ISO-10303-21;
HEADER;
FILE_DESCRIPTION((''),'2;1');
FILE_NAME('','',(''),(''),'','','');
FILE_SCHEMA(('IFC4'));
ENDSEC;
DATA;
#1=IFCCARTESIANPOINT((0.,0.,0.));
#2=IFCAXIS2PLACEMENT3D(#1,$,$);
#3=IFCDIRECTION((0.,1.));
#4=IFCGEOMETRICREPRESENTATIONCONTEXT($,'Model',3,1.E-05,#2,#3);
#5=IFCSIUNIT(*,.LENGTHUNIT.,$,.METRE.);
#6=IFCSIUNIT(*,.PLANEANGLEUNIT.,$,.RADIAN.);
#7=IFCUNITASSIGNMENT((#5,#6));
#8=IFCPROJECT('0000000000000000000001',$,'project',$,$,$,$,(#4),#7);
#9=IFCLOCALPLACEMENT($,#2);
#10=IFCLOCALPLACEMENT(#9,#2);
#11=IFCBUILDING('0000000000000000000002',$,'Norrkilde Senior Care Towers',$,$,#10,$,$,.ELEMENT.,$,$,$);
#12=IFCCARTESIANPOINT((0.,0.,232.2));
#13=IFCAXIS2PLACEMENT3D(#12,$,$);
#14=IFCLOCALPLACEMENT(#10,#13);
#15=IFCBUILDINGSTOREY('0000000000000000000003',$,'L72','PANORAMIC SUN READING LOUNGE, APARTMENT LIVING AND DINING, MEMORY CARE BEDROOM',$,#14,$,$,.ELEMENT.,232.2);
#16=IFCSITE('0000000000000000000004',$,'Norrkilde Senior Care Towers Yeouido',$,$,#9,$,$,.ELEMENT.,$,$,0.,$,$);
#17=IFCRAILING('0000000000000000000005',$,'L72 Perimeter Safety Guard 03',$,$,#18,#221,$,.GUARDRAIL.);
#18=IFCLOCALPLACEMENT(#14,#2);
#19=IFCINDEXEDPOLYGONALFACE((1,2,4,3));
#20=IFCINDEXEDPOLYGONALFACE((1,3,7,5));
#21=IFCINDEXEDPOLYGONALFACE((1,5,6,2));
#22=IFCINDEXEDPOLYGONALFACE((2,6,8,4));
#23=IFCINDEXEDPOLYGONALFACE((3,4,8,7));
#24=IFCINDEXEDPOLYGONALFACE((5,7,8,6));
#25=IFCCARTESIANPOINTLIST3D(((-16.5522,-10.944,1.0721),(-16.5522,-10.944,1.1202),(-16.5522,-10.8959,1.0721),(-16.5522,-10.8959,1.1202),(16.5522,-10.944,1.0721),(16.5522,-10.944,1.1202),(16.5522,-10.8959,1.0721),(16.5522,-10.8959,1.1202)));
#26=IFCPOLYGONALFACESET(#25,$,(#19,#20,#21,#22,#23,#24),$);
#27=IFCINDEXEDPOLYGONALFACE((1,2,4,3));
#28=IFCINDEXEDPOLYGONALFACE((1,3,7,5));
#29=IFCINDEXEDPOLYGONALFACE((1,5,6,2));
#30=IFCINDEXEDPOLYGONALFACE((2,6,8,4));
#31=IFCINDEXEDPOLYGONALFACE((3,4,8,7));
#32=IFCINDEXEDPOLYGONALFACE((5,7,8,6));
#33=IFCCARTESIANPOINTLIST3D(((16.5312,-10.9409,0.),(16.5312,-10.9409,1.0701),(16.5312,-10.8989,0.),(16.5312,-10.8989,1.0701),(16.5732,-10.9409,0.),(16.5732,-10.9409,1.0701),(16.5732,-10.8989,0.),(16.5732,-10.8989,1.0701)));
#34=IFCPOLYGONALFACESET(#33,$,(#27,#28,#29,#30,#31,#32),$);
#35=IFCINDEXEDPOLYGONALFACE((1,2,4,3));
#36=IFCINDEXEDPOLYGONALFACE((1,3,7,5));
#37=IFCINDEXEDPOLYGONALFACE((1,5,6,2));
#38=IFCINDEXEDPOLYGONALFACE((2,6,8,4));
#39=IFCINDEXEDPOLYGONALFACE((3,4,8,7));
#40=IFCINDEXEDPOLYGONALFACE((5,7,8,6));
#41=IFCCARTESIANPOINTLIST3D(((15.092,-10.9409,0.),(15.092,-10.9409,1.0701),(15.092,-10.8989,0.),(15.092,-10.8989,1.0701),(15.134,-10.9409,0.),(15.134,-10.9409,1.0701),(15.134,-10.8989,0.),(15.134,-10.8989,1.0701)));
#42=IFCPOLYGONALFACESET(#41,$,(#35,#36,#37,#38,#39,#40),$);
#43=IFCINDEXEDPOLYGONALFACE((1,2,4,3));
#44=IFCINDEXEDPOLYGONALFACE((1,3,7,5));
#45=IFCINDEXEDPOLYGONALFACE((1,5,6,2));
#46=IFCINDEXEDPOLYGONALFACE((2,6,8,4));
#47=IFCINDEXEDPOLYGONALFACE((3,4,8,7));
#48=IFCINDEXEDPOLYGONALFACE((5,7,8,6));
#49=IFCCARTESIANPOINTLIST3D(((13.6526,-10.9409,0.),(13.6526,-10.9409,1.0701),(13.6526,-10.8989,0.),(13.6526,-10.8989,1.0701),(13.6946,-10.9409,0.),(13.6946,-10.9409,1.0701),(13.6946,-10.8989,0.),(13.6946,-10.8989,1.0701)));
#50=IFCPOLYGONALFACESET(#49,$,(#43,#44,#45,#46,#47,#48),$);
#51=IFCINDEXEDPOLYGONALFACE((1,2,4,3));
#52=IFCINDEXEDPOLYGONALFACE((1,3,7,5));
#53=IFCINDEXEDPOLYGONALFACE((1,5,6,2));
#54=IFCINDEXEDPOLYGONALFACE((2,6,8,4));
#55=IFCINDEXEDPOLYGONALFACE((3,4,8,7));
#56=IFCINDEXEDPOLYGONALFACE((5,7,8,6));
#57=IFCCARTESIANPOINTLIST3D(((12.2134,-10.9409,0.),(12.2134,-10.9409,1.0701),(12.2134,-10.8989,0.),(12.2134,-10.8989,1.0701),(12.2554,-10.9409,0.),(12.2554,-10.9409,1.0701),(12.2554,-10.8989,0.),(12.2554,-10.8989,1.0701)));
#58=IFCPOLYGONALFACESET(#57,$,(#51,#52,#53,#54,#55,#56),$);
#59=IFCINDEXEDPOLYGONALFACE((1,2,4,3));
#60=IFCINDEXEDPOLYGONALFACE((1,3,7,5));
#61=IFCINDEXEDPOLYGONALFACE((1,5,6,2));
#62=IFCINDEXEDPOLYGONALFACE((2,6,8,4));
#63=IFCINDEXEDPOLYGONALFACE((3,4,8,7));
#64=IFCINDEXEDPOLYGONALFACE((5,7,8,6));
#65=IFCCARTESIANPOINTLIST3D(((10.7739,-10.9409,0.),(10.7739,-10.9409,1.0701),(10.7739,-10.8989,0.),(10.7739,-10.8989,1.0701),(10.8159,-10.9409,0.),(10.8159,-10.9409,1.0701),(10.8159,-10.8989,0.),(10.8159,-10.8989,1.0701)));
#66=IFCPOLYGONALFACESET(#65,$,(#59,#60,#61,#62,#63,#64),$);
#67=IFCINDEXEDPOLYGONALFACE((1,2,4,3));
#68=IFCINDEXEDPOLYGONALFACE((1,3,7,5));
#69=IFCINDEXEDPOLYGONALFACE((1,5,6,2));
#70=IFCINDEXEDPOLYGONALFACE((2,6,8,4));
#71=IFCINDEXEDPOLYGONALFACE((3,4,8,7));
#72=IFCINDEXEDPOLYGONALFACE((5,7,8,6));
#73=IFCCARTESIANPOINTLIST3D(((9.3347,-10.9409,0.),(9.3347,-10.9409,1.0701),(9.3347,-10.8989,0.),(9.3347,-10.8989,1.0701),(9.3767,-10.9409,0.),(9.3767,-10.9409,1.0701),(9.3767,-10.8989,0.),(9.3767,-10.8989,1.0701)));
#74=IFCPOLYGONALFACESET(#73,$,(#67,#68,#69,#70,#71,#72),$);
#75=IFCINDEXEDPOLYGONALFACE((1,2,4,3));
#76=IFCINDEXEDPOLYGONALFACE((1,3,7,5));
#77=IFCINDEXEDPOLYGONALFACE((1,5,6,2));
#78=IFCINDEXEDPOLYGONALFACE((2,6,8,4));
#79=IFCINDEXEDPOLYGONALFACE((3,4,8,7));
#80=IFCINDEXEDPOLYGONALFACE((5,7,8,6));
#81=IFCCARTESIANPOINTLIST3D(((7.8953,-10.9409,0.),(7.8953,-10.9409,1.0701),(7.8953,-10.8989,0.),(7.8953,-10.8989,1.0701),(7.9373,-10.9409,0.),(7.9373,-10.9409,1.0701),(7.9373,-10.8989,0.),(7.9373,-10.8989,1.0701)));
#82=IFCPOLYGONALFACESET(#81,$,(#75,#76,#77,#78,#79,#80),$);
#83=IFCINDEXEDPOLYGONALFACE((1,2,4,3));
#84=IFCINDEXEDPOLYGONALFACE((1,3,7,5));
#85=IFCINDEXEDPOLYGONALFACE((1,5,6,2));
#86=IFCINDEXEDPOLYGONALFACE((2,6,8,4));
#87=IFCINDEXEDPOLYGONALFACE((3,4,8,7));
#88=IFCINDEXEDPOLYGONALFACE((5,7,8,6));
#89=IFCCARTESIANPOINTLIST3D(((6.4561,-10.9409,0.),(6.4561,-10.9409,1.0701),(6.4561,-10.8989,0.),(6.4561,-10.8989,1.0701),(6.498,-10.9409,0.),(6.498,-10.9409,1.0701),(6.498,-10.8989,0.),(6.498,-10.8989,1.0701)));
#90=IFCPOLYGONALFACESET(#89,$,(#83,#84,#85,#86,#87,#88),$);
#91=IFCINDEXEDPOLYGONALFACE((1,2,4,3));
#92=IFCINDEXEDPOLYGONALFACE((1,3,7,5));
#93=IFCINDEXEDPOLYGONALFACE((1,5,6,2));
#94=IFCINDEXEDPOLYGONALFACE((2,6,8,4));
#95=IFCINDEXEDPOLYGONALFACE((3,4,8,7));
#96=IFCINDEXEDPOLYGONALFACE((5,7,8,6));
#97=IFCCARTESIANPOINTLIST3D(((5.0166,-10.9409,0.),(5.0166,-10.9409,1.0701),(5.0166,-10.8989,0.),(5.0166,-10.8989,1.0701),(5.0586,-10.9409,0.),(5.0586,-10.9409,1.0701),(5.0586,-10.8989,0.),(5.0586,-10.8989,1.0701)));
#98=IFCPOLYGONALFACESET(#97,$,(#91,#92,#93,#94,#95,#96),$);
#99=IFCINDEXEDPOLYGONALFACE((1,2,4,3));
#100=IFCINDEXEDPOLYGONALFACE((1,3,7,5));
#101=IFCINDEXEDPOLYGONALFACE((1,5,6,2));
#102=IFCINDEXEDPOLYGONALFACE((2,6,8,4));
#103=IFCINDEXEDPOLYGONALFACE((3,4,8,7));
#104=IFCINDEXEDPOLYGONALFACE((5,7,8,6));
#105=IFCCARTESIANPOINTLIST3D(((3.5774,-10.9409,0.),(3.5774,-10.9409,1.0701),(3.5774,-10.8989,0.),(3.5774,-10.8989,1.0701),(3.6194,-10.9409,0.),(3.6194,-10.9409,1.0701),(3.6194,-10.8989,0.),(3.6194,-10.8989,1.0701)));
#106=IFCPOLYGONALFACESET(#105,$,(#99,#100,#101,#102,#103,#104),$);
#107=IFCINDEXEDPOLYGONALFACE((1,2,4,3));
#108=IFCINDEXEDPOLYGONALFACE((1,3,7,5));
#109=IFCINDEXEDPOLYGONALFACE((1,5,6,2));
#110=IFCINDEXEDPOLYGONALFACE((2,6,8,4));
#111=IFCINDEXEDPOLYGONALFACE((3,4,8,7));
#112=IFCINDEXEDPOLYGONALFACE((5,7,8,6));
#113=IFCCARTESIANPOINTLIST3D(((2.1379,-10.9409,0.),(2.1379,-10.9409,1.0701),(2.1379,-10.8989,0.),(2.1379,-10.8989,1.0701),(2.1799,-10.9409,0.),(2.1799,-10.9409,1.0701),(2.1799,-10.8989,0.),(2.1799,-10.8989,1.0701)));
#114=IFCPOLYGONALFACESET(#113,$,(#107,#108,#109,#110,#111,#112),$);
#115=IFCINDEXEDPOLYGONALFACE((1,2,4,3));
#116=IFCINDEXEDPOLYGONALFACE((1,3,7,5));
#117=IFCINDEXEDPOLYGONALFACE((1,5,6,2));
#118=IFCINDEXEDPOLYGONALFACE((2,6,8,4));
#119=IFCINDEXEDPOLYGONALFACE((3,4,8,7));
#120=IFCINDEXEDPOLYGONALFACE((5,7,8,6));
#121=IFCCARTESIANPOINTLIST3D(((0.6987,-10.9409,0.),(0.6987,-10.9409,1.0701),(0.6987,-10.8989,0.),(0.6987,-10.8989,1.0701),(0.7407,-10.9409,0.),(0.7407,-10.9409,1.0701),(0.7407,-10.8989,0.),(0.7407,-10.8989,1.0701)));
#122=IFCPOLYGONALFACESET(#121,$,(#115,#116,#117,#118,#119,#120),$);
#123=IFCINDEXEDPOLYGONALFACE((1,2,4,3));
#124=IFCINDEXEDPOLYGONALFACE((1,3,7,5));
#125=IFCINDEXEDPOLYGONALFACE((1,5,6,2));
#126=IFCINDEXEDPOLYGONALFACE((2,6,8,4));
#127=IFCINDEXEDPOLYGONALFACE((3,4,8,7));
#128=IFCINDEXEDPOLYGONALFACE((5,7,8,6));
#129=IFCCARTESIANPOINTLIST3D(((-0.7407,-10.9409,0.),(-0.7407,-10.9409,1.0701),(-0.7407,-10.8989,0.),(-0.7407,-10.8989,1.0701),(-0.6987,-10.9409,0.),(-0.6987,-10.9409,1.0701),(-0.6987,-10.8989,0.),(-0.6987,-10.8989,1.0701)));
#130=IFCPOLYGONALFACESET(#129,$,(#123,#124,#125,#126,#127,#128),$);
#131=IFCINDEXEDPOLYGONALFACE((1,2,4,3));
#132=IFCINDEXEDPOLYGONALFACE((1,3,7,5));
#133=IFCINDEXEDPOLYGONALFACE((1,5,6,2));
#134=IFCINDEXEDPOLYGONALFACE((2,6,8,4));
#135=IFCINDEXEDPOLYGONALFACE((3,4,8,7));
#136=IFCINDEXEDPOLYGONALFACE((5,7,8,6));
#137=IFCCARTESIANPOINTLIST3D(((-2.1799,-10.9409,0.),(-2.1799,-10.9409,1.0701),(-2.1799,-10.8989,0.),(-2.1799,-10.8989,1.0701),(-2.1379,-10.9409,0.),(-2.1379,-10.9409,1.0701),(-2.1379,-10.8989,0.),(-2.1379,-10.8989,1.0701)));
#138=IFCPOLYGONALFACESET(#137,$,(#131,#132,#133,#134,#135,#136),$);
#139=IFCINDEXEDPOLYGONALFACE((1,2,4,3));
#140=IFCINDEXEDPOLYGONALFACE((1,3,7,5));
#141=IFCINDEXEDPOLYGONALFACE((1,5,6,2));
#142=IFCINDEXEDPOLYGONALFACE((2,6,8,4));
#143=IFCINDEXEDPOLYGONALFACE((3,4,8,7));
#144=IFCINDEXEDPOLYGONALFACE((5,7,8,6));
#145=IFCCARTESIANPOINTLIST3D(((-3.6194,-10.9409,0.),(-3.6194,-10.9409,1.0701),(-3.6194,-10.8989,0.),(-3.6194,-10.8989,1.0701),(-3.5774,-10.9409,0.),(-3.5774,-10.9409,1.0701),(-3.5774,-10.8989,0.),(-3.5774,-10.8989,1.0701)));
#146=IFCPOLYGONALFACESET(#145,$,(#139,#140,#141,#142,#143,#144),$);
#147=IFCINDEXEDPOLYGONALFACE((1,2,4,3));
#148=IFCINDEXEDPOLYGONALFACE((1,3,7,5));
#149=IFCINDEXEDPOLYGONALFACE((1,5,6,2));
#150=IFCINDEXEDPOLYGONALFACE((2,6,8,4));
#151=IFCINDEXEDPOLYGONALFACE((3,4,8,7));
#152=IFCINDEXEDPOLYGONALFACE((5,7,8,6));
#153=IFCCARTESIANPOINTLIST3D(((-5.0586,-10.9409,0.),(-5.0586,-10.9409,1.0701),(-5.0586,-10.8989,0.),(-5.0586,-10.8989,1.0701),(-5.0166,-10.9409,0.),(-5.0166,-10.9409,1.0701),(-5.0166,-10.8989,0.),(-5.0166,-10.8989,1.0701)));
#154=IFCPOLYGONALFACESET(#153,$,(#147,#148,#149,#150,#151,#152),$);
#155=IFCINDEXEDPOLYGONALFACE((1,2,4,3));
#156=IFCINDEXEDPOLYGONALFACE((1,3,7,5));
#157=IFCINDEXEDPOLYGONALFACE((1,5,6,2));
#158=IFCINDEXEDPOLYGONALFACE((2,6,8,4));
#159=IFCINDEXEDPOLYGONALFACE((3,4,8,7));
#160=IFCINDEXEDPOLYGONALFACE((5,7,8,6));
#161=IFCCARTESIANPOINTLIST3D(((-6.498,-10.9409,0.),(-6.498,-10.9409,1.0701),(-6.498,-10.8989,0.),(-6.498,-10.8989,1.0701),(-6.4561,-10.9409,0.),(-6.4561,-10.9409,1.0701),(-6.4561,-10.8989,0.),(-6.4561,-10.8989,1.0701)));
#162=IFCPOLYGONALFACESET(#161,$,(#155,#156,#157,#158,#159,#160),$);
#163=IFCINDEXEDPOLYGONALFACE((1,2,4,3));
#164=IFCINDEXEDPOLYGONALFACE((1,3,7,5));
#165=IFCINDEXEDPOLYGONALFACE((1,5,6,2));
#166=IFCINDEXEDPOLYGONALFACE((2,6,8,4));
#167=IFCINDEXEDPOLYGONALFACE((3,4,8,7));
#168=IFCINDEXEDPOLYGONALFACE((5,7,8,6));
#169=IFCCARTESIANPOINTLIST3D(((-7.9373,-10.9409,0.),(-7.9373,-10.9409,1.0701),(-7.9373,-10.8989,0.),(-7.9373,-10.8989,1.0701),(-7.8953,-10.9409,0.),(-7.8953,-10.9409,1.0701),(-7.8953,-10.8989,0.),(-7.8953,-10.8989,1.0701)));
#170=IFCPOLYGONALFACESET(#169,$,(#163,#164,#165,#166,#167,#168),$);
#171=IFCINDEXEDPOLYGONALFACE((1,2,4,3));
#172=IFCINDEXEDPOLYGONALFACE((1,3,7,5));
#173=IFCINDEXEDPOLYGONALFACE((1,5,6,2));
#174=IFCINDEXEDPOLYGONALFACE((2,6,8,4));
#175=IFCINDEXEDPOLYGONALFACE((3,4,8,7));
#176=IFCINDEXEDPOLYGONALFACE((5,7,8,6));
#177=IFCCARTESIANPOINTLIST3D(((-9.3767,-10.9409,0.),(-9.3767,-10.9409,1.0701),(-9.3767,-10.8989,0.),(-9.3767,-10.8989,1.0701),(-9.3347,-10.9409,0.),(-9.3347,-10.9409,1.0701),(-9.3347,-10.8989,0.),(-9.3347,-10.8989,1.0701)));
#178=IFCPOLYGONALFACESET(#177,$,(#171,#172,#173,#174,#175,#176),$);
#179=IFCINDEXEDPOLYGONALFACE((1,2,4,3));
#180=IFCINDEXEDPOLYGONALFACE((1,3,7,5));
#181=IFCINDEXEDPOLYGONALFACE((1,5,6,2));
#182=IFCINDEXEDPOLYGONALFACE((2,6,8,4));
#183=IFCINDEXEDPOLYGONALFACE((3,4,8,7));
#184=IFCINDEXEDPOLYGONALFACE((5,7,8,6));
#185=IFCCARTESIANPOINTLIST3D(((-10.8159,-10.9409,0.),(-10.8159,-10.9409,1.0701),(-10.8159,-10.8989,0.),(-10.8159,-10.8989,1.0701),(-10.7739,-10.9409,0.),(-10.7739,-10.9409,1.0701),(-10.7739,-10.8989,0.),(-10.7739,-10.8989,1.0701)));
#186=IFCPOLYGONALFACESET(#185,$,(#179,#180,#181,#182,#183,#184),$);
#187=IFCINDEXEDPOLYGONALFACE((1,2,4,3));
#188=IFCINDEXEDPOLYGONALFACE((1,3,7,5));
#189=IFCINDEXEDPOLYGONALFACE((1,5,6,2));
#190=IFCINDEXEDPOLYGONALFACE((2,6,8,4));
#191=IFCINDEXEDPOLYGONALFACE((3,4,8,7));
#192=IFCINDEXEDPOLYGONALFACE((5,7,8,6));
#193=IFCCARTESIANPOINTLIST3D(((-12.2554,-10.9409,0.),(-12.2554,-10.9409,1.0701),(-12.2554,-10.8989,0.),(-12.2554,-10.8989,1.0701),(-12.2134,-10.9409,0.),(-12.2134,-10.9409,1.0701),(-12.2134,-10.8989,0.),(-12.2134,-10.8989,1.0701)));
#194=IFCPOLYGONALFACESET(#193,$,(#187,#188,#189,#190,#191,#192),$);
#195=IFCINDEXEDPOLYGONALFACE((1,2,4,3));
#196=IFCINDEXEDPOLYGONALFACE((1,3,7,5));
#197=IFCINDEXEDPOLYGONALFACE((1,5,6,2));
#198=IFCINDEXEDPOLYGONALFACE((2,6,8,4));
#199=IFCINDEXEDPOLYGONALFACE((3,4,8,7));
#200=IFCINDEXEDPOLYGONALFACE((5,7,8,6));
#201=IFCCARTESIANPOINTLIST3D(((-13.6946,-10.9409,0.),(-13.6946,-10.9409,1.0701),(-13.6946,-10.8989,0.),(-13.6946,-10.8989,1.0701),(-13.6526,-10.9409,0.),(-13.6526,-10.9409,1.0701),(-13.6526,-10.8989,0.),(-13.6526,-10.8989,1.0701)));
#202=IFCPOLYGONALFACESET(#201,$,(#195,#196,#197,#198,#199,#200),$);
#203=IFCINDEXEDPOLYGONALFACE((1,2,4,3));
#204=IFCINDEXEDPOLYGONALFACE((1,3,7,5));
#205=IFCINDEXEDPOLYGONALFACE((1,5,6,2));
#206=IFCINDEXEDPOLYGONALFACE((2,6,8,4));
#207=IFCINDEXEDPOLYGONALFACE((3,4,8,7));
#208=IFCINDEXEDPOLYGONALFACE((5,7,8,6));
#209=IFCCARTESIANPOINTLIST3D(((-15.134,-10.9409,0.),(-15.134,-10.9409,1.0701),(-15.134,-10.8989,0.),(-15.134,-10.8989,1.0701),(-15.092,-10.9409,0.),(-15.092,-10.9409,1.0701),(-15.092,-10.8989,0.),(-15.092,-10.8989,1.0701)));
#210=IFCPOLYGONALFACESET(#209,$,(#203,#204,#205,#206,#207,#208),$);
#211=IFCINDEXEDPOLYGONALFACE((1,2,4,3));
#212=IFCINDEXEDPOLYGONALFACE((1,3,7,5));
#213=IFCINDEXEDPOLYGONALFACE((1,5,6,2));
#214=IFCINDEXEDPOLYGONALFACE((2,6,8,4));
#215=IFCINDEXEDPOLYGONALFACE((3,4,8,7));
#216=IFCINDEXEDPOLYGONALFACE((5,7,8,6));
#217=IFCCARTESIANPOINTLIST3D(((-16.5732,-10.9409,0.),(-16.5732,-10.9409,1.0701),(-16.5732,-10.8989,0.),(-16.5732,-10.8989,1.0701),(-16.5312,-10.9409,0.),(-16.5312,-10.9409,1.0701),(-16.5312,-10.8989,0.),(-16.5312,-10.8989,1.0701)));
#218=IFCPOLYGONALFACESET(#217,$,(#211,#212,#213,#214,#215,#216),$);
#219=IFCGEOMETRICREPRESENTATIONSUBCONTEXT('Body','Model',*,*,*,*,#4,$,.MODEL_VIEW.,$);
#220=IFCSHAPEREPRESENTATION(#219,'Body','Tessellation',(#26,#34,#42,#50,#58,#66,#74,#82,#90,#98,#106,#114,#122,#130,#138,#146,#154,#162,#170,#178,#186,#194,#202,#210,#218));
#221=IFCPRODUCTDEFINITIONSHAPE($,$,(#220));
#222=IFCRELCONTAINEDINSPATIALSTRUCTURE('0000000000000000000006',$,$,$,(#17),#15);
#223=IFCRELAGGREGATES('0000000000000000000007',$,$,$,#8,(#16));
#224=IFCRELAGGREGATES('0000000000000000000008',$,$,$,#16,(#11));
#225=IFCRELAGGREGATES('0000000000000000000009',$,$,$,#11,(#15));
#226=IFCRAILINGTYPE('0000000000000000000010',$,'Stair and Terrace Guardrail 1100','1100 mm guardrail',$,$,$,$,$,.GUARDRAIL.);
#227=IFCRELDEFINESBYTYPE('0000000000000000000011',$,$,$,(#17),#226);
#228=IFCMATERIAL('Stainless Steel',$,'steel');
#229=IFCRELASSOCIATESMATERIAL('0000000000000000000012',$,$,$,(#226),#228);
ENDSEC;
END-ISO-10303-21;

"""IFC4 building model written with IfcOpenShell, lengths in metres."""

from ifc_helpers import new_model, si_unit, direction, frame, origin, origin_2d, place, context, subcontext, project, spatial, rectangle, extrude, material, type_object, element, save


model = new_model("IFC4")

# Units and contexts
model_context = context("Model", 3, precision=1e-05, world=origin(), true_north=direction((0.0, 1.0)))
body_context = subcontext(model_context, "Body", "Model", "MODEL_VIEW")
ifc_project = project(units=[si_unit("LENGTHUNIT", "METRE"), si_unit("PLANEANGLEUNIT", "RADIAN")], contexts=[model_context])

# Site, building, storey
site_placement = place(None, origin())
site = spatial("IfcSite", under=ifc_project, at=site_placement, Name="Norrkilde Senior Care Towers Yeouido", CompositionType="ELEMENT", RefElevation=0.0)
building_placement = place(site_placement, origin())
building = spatial("IfcBuilding", under=site, at=building_placement, Name="Norrkilde Senior Care Towers", CompositionType="ELEMENT")
storey_placement = place(building_placement, frame((0.0, 0.0, 232.2)))
storey = spatial("IfcBuildingStorey", under=building, at=storey_placement, Name="L72", Description="PANORAMIC SUN READING LOUNGE, APARTMENT LIVING AND DINING, MEMORY CARE BEDROOM", CompositionType="ELEMENT", Elevation=232.2)

# Railing
ifc_material_1 = material(Name="Stainless Steel", Category="steel")
railing_type = type_object("IfcRailingType", Name="Stair and Terrace Guardrail 1100", Description="1100 mm guardrail", PredefinedType="GUARDRAIL", material=ifc_material_1)
railing_placement = place(storey_placement, frame((16.5522, -10.9199, 0.0)))
element("IfcRailing", 1, at=railing_placement, inside=storey, type_object=railing_type, Name="L72 Perimeter Safety Guard 03", PredefinedType="GUARDRAIL", context=body_context, shape_type="SweptSolid", body=[
    extrude(rectangle(XDim=0.0481, YDim=0.0481, at=origin_2d()), frame((0.0, 0.0, 1.0962), z_axis=(-1.0, 0.0, 0.0), x_axis=(0.0, -1.0, 0.0)), (0.0, 0.0, 1.0), 33.1045),
    extrude(rectangle(XDim=0.042, YDim=0.042, at=origin_2d()), origin(), (0.0, 0.0, 1.0), 1.0701),
    extrude(rectangle(XDim=0.042, YDim=0.042, at=origin_2d()), frame((-1.4392, 0.0, 0.0)), (0.0, 0.0, 1.0), 1.0701),
    extrude(rectangle(XDim=0.042, YDim=0.042, at=origin_2d()), frame((-2.8787, 0.0, 0.0)), (0.0, 0.0, 1.0), 1.0701),
    extrude(rectangle(XDim=0.042, YDim=0.042, at=origin_2d()), frame((-4.3179, 0.0, 0.0)), (0.0, 0.0, 1.0), 1.0701),
    extrude(rectangle(XDim=0.042, YDim=0.042, at=origin_2d()), frame((-5.7573, 0.0, 0.0)), (0.0, 0.0, 1.0), 1.0701),
    extrude(rectangle(XDim=0.042, YDim=0.042, at=origin_2d()), frame((-7.1965, 0.0, 0.0)), (0.0, 0.0, 1.0), 1.0701),
    extrude(rectangle(XDim=0.042, YDim=0.042, at=origin_2d()), frame((-8.636, 0.0, 0.0)), (0.0, 0.0, 1.0), 1.0701),
    extrude(rectangle(XDim=0.042, YDim=0.042, at=origin_2d()), frame((-10.0752, 0.0, 0.0)), (0.0, 0.0, 1.0), 1.0701),
    extrude(rectangle(XDim=0.042, YDim=0.042, at=origin_2d()), frame((-11.5146, 0.0, 0.0)), (0.0, 0.0, 1.0), 1.0701),
    extrude(rectangle(XDim=0.042, YDim=0.042, at=origin_2d()), frame((-12.9539, 0.0, 0.0)), (0.0, 0.0, 1.0), 1.0701),
    extrude(rectangle(XDim=0.042, YDim=0.042, at=origin_2d()), frame((-14.3933, 0.0, 0.0)), (0.0, 0.0, 1.0), 1.0701),
    extrude(rectangle(XDim=0.042, YDim=0.042, at=origin_2d()), frame((-15.8325, 0.0, 0.0)), (0.0, 0.0, 1.0), 1.0701),
    extrude(rectangle(XDim=0.042, YDim=0.042, at=origin_2d()), frame((-17.272, 0.0, 0.0)), (0.0, 0.0, 1.0), 1.0701),
    extrude(rectangle(XDim=0.042, YDim=0.042, at=origin_2d()), frame((-18.7112, 0.0, 0.0)), (0.0, 0.0, 1.0), 1.0701),
    extrude(rectangle(XDim=0.042, YDim=0.042, at=origin_2d()), frame((-20.1506, 0.0, 0.0)), (0.0, 0.0, 1.0), 1.0701),
    extrude(rectangle(XDim=0.042, YDim=0.042, at=origin_2d()), frame((-21.5898, 0.0, 0.0)), (0.0, 0.0, 1.0), 1.0701),
    extrude(rectangle(XDim=0.042, YDim=0.042, at=origin_2d()), frame((-23.0293, 0.0, 0.0)), (0.0, 0.0, 1.0), 1.0701),
    extrude(rectangle(XDim=0.042, YDim=0.042, at=origin_2d()), frame((-24.4685, 0.0, 0.0)), (0.0, 0.0, 1.0), 1.0701),
    extrude(rectangle(XDim=0.042, YDim=0.042, at=origin_2d()), frame((-25.908, 0.0, 0.0)), (0.0, 0.0, 1.0), 1.0701),
    extrude(rectangle(XDim=0.042, YDim=0.042, at=origin_2d()), frame((-27.3472, 0.0, 0.0)), (0.0, 0.0, 1.0), 1.0701),
    extrude(rectangle(XDim=0.042, YDim=0.042, at=origin_2d()), frame((-28.7866, 0.0, 0.0)), (0.0, 0.0, 1.0), 1.0701),
    extrude(rectangle(XDim=0.042, YDim=0.042, at=origin_2d()), frame((-30.2258, 0.0, 0.0)), (0.0, 0.0, 1.0), 1.0701),
    extrude(rectangle(XDim=0.042, YDim=0.042, at=origin_2d()), frame((-31.6653, 0.0, 0.0)), (0.0, 0.0, 1.0), 1.0701),
    extrude(rectangle(XDim=0.042, YDim=0.042, at=origin_2d()), frame((-33.1045, 0.0, 0.0)), (0.0, 0.0, 1.0), 1.0701),
])

save(model, "model.ifc")
